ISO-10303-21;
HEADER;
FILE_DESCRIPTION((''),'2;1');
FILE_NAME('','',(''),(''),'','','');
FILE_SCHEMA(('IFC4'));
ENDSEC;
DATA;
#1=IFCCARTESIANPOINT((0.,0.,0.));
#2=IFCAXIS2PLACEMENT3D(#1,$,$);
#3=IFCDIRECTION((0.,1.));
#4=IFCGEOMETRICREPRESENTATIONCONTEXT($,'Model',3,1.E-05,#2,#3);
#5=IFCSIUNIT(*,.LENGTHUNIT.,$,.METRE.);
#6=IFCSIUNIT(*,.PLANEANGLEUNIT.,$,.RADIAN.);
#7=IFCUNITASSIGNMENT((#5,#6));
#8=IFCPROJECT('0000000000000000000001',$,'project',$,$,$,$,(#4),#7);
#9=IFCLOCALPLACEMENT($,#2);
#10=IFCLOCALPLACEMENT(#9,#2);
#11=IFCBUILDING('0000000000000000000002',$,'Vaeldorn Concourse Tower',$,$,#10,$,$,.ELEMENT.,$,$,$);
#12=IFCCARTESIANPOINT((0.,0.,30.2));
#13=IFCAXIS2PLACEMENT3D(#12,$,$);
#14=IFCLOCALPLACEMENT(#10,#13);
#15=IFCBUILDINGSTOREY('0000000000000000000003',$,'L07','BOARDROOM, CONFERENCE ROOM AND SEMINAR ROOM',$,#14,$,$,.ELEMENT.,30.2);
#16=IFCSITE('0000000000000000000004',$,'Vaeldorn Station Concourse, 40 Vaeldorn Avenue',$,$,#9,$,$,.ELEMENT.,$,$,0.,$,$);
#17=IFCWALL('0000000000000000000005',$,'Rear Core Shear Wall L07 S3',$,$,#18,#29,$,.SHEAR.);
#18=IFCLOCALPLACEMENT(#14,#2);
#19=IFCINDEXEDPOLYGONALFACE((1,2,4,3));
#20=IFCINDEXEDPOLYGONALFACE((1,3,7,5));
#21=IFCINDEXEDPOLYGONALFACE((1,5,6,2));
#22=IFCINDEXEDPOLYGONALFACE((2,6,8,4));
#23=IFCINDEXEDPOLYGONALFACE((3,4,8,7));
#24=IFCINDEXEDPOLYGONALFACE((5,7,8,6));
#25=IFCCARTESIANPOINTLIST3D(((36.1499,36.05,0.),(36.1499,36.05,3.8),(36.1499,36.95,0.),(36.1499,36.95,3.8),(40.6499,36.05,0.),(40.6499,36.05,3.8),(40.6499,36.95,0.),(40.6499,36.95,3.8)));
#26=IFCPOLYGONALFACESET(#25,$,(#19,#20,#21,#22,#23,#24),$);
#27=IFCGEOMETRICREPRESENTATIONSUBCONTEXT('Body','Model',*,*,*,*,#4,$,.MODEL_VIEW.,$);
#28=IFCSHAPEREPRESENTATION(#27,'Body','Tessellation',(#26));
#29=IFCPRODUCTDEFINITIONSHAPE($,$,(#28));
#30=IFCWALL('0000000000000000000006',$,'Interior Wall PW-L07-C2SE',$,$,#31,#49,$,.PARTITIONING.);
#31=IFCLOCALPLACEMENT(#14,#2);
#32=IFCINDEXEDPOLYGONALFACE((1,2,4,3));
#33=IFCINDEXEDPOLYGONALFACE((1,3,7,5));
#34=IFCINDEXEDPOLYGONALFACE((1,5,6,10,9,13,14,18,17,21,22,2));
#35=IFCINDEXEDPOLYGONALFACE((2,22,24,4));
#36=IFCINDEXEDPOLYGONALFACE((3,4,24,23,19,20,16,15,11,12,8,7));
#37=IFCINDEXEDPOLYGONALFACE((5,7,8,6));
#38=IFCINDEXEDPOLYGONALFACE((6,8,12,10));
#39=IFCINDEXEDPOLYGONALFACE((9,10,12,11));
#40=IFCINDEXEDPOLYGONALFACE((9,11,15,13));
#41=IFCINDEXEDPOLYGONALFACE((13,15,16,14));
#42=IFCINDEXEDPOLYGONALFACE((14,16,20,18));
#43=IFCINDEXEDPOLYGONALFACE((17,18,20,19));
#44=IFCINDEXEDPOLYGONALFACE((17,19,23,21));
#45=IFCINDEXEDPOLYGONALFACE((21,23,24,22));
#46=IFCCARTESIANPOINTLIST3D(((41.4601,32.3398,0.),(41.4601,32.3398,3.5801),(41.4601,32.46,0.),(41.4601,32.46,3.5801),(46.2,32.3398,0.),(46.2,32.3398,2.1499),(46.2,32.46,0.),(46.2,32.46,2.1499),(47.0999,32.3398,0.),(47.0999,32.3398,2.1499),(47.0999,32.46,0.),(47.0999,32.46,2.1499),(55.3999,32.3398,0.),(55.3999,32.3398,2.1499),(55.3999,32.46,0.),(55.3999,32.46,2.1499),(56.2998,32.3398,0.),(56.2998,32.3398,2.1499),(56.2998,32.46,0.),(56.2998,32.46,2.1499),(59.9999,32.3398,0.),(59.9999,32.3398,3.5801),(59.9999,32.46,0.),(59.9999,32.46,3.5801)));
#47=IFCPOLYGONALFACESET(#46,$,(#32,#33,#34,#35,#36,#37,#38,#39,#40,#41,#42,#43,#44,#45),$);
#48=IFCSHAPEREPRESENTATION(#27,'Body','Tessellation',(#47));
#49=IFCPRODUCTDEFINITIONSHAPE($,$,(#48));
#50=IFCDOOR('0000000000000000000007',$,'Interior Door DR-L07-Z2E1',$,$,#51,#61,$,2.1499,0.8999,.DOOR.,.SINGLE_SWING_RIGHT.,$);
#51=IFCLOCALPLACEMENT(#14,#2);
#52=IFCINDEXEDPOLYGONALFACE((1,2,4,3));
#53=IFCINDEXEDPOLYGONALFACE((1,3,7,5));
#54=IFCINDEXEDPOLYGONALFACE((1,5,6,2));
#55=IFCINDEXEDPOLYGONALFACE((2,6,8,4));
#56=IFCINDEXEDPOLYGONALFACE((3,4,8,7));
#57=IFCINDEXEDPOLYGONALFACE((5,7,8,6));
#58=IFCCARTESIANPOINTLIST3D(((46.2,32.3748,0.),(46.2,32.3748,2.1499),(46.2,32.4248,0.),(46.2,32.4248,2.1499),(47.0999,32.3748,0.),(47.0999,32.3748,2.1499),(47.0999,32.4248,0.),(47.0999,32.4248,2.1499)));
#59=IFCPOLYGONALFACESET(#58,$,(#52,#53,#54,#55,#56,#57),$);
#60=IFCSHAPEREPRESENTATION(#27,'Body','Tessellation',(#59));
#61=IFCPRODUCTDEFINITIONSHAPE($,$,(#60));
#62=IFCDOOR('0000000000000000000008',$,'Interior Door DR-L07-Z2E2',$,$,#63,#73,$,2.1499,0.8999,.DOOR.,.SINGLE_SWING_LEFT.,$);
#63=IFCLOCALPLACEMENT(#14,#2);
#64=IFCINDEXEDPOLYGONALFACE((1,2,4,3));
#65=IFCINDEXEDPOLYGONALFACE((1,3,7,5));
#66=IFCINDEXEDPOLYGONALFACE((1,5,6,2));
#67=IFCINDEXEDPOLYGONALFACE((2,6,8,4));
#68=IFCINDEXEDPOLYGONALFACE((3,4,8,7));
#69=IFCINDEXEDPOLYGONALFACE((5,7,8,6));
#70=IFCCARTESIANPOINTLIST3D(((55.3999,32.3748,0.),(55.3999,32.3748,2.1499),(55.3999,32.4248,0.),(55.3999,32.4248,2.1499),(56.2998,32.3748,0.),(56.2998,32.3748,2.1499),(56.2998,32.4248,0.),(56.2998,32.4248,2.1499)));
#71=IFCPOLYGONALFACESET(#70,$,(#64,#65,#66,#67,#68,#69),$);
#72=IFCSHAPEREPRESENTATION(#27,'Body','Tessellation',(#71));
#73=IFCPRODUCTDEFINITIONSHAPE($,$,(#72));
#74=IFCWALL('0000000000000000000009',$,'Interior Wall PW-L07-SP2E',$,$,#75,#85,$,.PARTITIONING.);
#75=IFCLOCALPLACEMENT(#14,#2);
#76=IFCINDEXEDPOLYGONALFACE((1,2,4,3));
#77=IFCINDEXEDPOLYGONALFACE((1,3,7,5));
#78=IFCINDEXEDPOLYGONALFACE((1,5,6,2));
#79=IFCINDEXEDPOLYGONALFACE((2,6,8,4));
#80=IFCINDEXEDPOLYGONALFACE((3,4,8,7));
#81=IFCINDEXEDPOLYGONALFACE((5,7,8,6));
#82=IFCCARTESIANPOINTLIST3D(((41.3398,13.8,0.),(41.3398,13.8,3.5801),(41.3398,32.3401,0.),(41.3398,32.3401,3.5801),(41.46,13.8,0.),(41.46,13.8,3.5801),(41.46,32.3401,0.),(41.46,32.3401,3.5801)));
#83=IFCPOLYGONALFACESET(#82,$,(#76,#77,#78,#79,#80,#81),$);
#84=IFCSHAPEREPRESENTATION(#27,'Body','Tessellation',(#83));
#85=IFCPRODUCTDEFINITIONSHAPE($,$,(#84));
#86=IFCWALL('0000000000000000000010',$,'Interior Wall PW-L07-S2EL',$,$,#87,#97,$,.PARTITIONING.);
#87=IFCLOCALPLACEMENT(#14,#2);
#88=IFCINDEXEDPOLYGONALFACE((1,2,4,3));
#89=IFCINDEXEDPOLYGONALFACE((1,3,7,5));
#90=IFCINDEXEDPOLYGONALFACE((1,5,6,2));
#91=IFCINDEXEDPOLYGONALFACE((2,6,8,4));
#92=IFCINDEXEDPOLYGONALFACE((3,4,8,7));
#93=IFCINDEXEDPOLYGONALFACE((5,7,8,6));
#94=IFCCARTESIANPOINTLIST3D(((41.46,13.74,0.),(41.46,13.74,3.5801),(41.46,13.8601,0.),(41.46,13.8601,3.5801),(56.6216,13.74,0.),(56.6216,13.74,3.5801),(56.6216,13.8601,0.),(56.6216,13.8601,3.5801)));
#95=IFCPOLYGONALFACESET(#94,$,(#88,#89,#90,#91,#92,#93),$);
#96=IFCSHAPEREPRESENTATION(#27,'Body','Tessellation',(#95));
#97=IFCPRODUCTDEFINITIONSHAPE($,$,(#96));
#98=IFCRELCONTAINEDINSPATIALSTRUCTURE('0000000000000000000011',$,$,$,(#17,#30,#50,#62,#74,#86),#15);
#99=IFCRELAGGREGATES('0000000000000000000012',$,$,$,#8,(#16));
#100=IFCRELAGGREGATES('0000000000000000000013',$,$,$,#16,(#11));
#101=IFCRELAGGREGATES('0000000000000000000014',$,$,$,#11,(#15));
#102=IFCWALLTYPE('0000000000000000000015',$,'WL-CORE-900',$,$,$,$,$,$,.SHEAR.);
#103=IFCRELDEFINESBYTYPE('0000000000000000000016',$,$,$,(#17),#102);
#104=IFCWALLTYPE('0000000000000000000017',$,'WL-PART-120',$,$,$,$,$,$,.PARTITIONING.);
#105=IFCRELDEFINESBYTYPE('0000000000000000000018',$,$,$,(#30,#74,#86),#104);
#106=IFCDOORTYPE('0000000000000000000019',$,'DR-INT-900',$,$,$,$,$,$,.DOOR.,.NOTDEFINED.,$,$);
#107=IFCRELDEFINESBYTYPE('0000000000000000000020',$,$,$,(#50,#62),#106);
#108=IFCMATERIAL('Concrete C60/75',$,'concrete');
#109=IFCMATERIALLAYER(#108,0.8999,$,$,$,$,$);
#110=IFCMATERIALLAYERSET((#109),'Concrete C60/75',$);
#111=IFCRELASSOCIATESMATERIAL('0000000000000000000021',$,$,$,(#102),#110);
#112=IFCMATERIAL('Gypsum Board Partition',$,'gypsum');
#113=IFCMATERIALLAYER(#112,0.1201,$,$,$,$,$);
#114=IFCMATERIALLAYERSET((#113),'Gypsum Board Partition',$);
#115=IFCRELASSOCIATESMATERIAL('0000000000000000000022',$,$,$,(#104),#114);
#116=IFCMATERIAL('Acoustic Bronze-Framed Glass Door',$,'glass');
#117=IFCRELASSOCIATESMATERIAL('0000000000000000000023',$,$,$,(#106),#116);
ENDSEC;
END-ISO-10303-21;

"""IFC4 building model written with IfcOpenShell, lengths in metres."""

from ifc_helpers import new_model, si_unit, direction, frame, frame_2d, origin, place, context, subcontext, project, spatial, rectangle, extrude, source, transform, mapped, material, layer, layer_set, type_object, element, fill, save


model = new_model("IFC4")

# Units and contexts
model_context = context("Model", 3, precision=1e-05, world=origin(), true_north=direction((0.0, 1.0)))
body_context = subcontext(model_context, "Body", "Model", "MODEL_VIEW")
ifc_project = project(units=[si_unit("LENGTHUNIT", "METRE"), si_unit("PLANEANGLEUNIT", "RADIAN")], contexts=[model_context])

# Site, building, storey
site_placement = place(None, origin())
site = spatial("IfcSite", under=ifc_project, at=site_placement, Name="Vaeldorn Station Concourse, 40 Vaeldorn Avenue", CompositionType="ELEMENT", RefElevation=0.0)
building_placement = place(site_placement, origin())
building = spatial("IfcBuilding", under=site, at=building_placement, Name="Vaeldorn Concourse Tower", CompositionType="ELEMENT")
storey_placement = place(building_placement, frame((0.0, 0.0, 30.2)))
storey = spatial("IfcBuildingStorey", under=building, at=storey_placement, Name="L07", Description="BOARDROOM, CONFERENCE ROOM AND SEMINAR ROOM", CompositionType="ELEMENT", Elevation=30.2)

# Wall
ifc_material_1 = material(Name="Concrete C60/75", Category="concrete")
ifc_layer_1 = layer(ifc_material_1, 0.8999)
ifc_layer_set_1 = layer_set([ifc_layer_1], Name="Concrete C60/75")
wall_type_1 = type_object("IfcWallType", Name="WL-CORE-900", PredefinedType="SHEAR", material=ifc_layer_set_1)
wall_1_placement = place(storey_placement, frame((36.1499, 36.5, 0.0), z_axis=(0.0, 0.0, 1.0), x_axis=(1.0, 0.0, 0.0)))
element("IfcWall", 1, at=wall_1_placement, inside=storey, type_object=wall_type_1, Name="Rear Core Shear Wall L07 S3", PredefinedType="SHEAR", context=body_context, shape_type="SweptSolid", body=[
    extrude(rectangle(XDim=4.5, YDim=0.8999, at=frame_2d((2.25, 0.0))), origin(), (0.0, 0.0, 1.0), 3.8),
])

# Wall, openings, doors
ifc_material_2 = material(Name="Gypsum Board Partition", Category="gypsum")
ifc_layer_2 = layer(ifc_material_2, 0.1201)
ifc_layer_set_2 = layer_set([ifc_layer_2], Name="Gypsum Board Partition")
wall_type_2 = type_object("IfcWallType", Name="WL-PART-120", PredefinedType="PARTITIONING", material=ifc_layer_set_2)
wall_2_placement = place(storey_placement, frame((41.46, 32.3999, 0.0), z_axis=(0.0, 0.0, 1.0), x_axis=(1.0, 0.0, 0.0)))
wall_2 = element("IfcWall", 2, at=wall_2_placement, inside=storey, type_object=wall_type_2, Name="Interior Wall PW-L07-C2SE", PredefinedType="PARTITIONING", context=body_context, shape_type="SweptSolid", body=[
    extrude(rectangle(XDim=18.5398, YDim=0.1201, at=frame_2d((9.27, 0.0))), origin(), (0.0, 0.0, 1.0), 3.5801),
])
opening_1_placement = place(wall_2_placement, frame((4.74, 0.0, 0.0)))
opening_1 = element("IfcOpeningElement", 3, at=opening_1_placement, cuts=wall_2, PredefinedType="OPENING", context=body_context, shape_type="SweptSolid", body=[
    extrude(rectangle(XDim=0.8999, YDim=2.1499, at=frame_2d((0.45, 1.075))), frame((0.0, 0.0701, 0.0), z_axis=(0.0, -1.0, 0.0), x_axis=(1.0, 0.0, 0.0)), (0.0, 0.0, 1.0), 0.1401),
])
opening_2_placement = place(wall_2_placement, frame((13.9399, 0.0, 0.0)))
opening_2 = element("IfcOpeningElement", 4, at=opening_2_placement, cuts=wall_2, PredefinedType="OPENING", context=body_context, shape_type="SweptSolid", body=[
    extrude(rectangle(XDim=0.8999, YDim=2.1499, at=frame_2d((0.45, 1.075))), frame((0.0, 0.0701, 0.0), z_axis=(0.0, -1.0, 0.0), x_axis=(1.0, 0.0, 0.0)), (0.0, 0.0, 1.0), 0.1401),
])
ifc_material_3 = material(Name="Acoustic Bronze-Framed Glass Door", Category="glass")
door_type = type_object("IfcDoorType", Name="DR-INT-900", OperationType="NOTDEFINED", PredefinedType="DOOR", material=ifc_material_3)
shared_shape_1 = source(origin(), body_context, "Body", "SweptSolid", [
    extrude(rectangle(XDim=0.8999, YDim=2.1499, at=frame_2d((0.45, 1.075))), frame((0.0, 0.0249, 0.0), z_axis=(0.0, -1.0, 0.0), x_axis=(1.0, 0.0, 0.0)), (0.0, 0.0, 1.0), 0.05),
])
door_1_placement = place(opening_1_placement, origin())
door_1 = element("IfcDoor", 5, at=door_1_placement, inside=storey, type_object=door_type, Name="Interior Door DR-L07-Z2E1", OperationType="SINGLE_SWING_RIGHT", OverallHeight=2.1499, OverallWidth=0.8999, PredefinedType="DOOR", context=body_context, shape_type="MappedRepresentation", body=[
    mapped(shared_shape_1, transform((0.0, 0.0, 0.0), scale=1.0)),
])
fill(opening_1, door_1)
door_2_placement = place(opening_2_placement, origin())
door_2 = element("IfcDoor", 6, at=door_2_placement, inside=storey, type_object=door_type, Name="Interior Door DR-L07-Z2E2", OperationType="SINGLE_SWING_LEFT", OverallHeight=2.1499, OverallWidth=0.8999, PredefinedType="DOOR", context=body_context, shape_type="MappedRepresentation", body=[
    mapped(shared_shape_1, transform((0.0, 0.0, 0.0), scale=1.0)),
])
fill(opening_2, door_2)

# Walls
wall_3_placement = place(storey_placement, frame((41.3999, 13.8, 0.0), z_axis=(0.0, 0.0, 1.0), x_axis=(0.0, 1.0, 0.0)))
element("IfcWall", 7, at=wall_3_placement, inside=storey, type_object=wall_type_2, Name="Interior Wall PW-L07-SP2E", PredefinedType="PARTITIONING", context=body_context, shape_type="SweptSolid", body=[
    extrude(rectangle(XDim=18.54, YDim=0.1201, at=frame_2d((9.27, 0.0))), origin(), (0.0, 0.0, 1.0), 3.5801),
])
wall_4_placement = place(storey_placement, frame((41.46, 13.8, 0.0), z_axis=(0.0, 0.0, 1.0), x_axis=(1.0, 0.0, 0.0)))
element("IfcWall", 8, at=wall_4_placement, inside=storey, type_object=wall_type_2, Name="Interior Wall PW-L07-S2EL", PredefinedType="PARTITIONING", context=body_context, shape_type="SweptSolid", body=[
    extrude(rectangle(XDim=15.1616, YDim=0.1201, at=frame_2d((7.5808, 0.0))), origin(), (0.0, 0.0, 1.0), 3.5801),
])

save(model, "model.ifc")
